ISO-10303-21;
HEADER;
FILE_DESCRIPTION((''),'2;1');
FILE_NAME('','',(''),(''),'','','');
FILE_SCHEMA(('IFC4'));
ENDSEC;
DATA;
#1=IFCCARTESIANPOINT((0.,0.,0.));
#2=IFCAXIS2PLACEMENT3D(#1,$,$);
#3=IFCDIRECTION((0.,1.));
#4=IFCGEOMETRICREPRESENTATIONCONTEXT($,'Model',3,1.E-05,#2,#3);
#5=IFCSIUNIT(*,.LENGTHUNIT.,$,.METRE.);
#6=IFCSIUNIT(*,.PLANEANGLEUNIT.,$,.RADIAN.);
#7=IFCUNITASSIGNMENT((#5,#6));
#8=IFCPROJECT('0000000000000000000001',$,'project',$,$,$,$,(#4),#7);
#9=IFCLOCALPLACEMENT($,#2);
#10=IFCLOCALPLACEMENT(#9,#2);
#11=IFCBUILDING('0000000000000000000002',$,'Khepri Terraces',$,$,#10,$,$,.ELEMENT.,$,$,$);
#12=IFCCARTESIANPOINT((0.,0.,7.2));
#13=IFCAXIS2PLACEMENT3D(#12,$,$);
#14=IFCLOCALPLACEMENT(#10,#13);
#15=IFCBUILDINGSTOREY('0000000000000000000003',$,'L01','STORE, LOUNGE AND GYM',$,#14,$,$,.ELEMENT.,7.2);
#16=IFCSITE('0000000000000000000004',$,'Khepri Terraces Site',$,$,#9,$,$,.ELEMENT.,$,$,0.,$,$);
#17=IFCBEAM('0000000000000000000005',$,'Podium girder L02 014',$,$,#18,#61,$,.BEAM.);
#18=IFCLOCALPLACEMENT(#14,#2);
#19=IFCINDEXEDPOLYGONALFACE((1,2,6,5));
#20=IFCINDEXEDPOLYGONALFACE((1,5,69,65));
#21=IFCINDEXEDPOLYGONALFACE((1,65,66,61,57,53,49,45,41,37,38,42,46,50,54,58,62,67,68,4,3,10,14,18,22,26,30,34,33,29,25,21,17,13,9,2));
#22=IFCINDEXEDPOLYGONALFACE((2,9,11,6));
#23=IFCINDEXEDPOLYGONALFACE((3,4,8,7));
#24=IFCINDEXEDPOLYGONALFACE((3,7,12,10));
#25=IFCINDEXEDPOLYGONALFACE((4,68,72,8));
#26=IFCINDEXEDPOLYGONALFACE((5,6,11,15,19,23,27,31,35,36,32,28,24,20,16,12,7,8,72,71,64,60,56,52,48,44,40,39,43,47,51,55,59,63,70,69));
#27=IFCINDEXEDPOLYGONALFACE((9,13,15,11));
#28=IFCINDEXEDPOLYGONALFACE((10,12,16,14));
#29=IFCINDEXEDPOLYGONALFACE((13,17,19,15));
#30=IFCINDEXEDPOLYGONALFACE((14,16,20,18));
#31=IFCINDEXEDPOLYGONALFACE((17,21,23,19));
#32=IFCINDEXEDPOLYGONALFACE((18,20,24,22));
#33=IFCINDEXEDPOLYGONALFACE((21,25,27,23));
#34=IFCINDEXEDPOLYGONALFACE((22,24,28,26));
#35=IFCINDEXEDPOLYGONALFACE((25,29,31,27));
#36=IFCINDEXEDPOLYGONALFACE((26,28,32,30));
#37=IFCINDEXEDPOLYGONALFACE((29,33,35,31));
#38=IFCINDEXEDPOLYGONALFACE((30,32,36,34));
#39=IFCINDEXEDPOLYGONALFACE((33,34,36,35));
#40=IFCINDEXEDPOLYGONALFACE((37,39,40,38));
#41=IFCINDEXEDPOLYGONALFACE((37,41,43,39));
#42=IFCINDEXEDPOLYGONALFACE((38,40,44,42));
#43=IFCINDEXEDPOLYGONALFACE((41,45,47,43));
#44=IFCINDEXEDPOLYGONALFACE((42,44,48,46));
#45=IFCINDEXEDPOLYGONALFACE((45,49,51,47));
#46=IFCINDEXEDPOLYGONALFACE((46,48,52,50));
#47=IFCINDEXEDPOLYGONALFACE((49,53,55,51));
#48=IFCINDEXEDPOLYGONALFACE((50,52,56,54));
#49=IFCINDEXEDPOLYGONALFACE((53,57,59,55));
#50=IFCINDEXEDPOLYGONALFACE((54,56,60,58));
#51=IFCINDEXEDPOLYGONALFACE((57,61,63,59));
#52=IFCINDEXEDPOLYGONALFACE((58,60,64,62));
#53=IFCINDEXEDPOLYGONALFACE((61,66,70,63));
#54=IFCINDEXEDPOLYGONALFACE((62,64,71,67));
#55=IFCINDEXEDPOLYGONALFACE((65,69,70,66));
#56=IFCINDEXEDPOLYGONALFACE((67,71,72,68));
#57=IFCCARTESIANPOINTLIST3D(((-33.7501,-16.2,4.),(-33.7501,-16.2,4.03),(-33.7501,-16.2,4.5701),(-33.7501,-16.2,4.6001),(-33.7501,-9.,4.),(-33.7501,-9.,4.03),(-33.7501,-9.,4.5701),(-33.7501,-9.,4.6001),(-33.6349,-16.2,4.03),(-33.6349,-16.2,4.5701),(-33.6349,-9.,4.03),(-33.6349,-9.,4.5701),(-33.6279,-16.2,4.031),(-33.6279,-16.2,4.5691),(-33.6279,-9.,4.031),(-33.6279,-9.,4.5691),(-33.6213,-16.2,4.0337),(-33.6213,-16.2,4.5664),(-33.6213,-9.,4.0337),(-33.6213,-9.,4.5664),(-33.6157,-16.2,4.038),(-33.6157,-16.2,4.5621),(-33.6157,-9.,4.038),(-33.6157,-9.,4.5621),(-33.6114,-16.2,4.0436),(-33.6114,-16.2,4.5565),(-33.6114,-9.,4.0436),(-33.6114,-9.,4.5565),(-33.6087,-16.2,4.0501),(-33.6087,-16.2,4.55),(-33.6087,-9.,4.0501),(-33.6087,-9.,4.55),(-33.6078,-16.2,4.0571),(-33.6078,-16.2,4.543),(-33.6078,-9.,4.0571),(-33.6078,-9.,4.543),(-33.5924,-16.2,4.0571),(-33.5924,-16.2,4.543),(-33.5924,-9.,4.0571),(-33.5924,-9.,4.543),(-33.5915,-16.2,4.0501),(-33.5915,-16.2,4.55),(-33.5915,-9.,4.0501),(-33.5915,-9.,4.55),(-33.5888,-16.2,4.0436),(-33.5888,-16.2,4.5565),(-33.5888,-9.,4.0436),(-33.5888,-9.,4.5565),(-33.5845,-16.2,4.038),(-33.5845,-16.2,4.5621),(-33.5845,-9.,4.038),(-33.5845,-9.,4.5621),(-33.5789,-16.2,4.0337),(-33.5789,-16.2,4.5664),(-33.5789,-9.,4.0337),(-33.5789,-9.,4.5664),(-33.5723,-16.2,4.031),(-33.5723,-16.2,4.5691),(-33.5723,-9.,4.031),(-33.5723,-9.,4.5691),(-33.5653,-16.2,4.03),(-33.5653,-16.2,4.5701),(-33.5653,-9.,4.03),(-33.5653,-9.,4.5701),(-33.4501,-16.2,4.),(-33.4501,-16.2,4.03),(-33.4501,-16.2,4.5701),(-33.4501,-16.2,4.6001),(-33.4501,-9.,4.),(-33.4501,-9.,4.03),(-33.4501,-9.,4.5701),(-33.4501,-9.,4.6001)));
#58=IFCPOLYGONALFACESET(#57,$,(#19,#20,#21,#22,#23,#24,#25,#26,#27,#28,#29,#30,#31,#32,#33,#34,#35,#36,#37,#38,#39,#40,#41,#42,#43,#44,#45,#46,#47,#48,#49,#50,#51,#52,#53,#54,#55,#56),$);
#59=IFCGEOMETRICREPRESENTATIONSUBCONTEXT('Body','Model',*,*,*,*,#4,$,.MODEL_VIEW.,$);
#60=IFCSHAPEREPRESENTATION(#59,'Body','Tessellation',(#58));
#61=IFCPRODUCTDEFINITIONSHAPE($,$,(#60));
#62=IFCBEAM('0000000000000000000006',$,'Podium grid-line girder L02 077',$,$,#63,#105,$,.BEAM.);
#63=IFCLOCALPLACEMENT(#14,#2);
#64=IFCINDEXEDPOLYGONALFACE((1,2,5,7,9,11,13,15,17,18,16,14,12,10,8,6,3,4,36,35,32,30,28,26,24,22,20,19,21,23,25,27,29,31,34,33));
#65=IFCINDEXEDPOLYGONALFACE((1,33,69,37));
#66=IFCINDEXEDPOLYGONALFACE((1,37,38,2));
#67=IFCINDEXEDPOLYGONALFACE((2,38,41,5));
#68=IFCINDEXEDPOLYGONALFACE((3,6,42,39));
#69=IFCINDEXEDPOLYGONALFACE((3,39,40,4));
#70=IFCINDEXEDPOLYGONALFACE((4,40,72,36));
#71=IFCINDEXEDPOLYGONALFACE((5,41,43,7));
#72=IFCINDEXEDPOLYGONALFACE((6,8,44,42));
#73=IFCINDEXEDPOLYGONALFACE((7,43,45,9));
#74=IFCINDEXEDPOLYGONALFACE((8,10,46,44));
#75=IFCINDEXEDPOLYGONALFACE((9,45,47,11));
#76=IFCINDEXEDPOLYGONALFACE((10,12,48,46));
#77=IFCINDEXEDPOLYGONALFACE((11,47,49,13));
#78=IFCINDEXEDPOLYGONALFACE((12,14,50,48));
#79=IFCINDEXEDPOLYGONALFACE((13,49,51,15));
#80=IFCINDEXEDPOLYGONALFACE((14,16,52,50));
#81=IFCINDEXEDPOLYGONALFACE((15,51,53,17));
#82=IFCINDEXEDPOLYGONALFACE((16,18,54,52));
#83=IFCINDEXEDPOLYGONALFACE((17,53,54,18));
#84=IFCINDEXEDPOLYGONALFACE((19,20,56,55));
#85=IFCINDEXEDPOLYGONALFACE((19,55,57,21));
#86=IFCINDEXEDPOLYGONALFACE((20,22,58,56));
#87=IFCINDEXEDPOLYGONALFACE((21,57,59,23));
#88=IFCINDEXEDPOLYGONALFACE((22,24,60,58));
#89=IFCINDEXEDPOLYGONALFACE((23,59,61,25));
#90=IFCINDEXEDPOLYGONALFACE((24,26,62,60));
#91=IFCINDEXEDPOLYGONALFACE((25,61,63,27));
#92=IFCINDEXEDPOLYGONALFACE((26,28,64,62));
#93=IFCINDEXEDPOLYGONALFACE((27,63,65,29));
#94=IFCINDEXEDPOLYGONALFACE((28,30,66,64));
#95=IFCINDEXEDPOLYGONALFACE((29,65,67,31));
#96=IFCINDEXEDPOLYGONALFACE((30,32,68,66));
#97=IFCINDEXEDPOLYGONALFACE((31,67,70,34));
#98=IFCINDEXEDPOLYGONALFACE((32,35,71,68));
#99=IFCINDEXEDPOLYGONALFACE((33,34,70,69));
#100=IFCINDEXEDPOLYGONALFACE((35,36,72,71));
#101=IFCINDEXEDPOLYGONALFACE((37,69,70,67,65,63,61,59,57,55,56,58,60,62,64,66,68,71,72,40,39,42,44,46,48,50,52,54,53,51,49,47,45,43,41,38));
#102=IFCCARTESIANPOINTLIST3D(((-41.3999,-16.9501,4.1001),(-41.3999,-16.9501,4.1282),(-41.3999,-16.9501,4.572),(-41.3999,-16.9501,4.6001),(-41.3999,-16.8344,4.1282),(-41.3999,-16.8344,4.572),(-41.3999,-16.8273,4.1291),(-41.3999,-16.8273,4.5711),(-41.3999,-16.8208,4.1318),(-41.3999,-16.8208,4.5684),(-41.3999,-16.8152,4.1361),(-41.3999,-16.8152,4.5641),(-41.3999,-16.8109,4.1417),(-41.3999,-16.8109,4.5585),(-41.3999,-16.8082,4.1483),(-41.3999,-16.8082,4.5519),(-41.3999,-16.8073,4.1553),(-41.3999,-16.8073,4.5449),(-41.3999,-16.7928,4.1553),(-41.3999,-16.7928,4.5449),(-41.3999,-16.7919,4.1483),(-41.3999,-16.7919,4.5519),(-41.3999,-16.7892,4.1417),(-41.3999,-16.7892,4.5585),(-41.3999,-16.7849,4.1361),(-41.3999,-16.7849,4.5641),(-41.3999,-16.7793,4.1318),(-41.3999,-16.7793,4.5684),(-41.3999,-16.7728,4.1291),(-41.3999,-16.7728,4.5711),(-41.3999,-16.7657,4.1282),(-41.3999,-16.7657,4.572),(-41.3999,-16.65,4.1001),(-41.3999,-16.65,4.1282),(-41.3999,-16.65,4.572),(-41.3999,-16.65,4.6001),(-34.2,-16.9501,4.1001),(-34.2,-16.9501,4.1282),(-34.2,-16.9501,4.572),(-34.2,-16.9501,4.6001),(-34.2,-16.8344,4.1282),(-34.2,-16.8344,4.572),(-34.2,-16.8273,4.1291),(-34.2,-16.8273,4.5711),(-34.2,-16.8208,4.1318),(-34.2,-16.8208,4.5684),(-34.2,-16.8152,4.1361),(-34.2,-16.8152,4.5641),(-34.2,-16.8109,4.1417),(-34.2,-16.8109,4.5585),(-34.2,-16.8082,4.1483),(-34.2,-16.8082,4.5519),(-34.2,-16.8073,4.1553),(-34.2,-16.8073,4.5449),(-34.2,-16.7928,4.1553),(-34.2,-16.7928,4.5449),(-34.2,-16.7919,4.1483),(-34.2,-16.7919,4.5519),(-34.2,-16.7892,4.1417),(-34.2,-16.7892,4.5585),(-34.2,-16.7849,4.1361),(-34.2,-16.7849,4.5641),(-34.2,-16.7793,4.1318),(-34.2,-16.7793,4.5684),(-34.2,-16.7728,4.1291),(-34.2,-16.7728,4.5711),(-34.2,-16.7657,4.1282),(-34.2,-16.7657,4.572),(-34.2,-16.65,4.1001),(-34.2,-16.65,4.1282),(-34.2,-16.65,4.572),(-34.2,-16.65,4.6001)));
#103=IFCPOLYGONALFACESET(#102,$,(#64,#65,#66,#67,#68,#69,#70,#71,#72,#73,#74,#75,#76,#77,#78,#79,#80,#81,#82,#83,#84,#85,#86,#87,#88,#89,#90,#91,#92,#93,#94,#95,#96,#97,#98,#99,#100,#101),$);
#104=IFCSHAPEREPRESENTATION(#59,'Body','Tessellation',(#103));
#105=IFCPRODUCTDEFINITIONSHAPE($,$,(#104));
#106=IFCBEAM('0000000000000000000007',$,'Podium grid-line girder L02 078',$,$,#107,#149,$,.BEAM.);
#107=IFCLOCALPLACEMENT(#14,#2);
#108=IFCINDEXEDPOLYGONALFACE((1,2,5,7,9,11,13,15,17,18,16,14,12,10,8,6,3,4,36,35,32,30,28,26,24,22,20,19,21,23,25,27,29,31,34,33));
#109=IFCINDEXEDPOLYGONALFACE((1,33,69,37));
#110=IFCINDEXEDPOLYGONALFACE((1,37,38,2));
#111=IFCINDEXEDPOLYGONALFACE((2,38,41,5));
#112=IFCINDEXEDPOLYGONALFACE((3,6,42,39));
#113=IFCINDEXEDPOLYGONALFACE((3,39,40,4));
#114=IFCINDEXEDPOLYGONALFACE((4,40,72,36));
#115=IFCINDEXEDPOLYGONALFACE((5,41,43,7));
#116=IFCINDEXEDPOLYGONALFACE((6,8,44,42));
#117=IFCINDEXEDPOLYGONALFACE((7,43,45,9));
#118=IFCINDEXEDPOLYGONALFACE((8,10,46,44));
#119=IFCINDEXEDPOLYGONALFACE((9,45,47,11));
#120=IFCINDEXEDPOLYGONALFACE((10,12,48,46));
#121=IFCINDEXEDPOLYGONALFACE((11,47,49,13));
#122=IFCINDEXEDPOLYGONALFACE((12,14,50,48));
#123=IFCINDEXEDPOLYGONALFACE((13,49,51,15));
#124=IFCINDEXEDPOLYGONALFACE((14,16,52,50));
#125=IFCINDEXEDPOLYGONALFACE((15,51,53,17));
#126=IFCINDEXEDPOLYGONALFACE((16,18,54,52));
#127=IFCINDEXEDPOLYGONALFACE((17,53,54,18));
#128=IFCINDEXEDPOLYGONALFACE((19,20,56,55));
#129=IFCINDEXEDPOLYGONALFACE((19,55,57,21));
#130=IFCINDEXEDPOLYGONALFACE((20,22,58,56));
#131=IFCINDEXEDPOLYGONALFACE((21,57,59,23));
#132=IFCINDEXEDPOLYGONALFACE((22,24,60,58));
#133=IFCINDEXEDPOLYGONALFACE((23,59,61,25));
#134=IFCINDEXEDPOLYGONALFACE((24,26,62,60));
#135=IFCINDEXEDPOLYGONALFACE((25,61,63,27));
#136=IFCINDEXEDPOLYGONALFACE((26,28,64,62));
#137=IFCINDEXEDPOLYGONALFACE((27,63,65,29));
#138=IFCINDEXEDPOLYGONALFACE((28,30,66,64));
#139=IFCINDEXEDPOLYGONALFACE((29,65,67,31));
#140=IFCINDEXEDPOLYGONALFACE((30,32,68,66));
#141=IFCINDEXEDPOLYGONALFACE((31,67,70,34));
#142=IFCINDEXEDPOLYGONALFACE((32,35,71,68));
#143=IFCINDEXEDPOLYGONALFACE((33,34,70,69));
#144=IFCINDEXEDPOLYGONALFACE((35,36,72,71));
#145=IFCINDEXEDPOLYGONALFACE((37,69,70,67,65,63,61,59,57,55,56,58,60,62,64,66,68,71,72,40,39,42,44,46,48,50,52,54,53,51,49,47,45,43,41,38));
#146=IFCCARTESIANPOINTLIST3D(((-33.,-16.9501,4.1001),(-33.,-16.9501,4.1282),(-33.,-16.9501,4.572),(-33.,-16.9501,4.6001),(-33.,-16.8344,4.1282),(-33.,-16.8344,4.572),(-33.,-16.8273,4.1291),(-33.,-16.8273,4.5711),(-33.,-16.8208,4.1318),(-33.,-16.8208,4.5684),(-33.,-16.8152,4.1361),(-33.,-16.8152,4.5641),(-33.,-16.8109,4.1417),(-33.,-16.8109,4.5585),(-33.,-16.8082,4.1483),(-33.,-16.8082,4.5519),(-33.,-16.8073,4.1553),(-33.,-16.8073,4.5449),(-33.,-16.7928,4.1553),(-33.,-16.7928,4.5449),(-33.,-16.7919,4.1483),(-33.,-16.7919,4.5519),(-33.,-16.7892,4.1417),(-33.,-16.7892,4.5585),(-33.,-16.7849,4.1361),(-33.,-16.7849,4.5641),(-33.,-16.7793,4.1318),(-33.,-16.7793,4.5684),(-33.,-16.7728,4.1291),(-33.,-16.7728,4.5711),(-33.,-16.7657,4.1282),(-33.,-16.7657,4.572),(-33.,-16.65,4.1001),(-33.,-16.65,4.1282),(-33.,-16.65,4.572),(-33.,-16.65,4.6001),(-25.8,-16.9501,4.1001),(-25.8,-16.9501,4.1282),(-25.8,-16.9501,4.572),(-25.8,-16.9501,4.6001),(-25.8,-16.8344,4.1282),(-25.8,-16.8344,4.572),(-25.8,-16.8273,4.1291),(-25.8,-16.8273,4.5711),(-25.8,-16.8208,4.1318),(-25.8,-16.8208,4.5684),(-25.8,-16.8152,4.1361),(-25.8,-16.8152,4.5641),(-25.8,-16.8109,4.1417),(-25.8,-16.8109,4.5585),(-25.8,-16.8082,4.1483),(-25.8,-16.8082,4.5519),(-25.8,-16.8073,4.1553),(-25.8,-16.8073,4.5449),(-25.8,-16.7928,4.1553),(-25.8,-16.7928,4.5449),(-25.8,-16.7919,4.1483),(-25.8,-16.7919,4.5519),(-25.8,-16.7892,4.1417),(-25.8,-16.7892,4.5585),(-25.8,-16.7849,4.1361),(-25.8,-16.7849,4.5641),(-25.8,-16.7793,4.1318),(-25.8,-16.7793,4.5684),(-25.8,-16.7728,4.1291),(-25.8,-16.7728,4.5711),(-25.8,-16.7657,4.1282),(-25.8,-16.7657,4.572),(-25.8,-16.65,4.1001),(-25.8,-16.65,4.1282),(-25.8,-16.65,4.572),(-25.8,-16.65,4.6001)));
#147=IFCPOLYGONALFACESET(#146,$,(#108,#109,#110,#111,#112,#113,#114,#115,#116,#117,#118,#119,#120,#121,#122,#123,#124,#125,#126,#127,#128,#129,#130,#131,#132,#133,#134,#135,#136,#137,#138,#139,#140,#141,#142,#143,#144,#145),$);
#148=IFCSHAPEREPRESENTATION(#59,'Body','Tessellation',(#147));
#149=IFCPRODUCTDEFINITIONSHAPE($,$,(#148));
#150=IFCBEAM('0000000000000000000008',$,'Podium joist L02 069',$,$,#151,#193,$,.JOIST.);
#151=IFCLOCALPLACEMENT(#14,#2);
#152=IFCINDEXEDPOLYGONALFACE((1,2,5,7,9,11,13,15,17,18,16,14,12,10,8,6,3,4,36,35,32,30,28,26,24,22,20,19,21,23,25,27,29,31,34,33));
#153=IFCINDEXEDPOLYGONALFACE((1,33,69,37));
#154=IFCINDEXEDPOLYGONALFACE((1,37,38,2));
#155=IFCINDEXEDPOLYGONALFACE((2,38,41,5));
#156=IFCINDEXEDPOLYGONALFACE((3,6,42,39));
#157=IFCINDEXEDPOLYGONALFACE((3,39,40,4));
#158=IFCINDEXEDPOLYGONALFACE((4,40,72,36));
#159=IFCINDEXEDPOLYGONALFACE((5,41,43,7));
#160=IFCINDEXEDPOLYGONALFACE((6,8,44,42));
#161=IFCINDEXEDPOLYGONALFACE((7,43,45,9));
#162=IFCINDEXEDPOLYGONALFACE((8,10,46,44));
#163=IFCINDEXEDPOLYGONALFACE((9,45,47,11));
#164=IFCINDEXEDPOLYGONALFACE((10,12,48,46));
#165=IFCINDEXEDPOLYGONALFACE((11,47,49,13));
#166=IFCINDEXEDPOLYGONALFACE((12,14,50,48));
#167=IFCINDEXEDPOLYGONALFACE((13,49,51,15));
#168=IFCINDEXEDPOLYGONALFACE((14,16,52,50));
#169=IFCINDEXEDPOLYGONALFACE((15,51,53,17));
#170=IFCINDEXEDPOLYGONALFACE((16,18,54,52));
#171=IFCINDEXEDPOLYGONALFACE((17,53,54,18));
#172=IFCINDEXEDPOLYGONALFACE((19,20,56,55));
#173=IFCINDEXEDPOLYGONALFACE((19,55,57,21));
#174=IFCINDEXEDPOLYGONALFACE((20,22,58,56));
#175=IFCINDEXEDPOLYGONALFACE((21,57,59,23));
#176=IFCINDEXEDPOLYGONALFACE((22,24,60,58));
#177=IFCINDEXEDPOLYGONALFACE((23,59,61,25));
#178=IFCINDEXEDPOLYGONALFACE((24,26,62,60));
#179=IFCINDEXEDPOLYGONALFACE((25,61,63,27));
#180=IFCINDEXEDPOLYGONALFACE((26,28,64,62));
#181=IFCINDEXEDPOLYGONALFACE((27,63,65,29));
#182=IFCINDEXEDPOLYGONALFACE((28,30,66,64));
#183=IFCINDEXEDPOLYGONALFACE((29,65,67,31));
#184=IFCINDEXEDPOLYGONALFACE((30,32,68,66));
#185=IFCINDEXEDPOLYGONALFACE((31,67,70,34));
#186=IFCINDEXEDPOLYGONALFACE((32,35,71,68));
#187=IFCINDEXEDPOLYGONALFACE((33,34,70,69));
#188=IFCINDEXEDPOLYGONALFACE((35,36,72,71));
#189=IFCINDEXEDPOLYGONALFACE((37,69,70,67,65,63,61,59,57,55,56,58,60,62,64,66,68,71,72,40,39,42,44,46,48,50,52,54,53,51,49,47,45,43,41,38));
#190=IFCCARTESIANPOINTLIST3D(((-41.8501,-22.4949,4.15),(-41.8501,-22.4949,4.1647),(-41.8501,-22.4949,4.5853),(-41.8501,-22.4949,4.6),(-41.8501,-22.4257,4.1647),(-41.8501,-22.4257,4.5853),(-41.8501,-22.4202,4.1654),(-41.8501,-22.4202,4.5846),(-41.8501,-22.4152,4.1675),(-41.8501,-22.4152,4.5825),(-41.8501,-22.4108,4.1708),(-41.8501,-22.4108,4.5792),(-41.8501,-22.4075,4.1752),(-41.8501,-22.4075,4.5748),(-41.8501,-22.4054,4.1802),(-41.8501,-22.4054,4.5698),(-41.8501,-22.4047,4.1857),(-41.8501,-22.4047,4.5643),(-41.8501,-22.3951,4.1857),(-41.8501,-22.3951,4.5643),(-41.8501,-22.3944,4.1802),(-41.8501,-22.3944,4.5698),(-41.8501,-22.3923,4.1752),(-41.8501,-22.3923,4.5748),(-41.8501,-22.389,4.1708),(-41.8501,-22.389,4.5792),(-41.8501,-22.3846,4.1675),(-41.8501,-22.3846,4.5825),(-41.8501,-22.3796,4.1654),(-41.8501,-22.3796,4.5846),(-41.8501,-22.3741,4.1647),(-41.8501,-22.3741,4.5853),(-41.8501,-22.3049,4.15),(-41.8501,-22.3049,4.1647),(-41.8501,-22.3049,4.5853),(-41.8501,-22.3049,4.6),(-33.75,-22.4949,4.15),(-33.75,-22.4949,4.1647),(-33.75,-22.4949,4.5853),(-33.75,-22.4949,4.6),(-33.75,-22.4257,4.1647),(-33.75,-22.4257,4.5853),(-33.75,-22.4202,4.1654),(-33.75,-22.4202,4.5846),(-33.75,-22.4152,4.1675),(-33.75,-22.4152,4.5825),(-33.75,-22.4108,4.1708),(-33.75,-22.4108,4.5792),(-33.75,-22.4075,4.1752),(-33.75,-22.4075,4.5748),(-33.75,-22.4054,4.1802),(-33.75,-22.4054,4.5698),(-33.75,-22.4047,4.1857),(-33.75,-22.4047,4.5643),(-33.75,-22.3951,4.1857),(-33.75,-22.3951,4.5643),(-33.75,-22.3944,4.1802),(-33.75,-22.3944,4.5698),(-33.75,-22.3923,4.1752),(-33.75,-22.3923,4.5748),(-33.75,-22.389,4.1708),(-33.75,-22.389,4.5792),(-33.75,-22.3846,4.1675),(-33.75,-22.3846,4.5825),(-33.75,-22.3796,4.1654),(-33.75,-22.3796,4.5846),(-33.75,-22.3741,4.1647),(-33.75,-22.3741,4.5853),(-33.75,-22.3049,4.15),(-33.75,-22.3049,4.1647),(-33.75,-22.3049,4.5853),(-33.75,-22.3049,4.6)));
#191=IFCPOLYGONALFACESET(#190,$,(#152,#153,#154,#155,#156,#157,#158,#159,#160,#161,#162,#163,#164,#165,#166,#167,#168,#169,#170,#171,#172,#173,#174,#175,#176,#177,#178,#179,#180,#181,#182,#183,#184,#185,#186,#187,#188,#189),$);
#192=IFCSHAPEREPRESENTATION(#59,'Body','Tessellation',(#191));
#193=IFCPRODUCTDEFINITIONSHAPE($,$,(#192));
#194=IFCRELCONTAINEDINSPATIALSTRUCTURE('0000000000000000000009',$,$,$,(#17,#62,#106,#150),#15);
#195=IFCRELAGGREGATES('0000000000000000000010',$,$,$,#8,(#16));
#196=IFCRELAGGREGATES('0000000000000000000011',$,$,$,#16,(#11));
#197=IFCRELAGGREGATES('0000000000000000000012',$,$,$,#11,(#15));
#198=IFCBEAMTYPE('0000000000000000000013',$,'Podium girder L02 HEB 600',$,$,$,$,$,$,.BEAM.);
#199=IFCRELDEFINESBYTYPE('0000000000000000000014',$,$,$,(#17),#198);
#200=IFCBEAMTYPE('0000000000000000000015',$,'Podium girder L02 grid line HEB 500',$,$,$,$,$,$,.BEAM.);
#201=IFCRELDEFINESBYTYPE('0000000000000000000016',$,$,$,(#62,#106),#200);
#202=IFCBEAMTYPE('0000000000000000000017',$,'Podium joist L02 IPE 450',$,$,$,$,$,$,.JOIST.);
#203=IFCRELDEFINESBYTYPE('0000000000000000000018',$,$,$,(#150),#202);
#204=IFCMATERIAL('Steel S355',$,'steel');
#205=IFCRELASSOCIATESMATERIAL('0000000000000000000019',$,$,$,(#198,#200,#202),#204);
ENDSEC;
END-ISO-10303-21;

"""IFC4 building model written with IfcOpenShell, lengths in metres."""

from ifc_helpers import new_model, si_unit, direction, frame, origin, origin_2d, place, context, subcontext, project, spatial, i_section, extrude, material, material_profile, profile_set, type_object, element, save


model = new_model("IFC4")

# Units and contexts
model_context = context("Model", 3, precision=1e-05, world=origin(), true_north=direction((0.0, 1.0)))
body_context = subcontext(model_context, "Body", "Model", "MODEL_VIEW")
ifc_project = project(units=[si_unit("LENGTHUNIT", "METRE"), si_unit("PLANEANGLEUNIT", "RADIAN")], contexts=[model_context])

# Site, building, storey
site_placement = place(None, origin())
site = spatial("IfcSite", under=ifc_project, at=site_placement, Name="Khepri Terraces Site", CompositionType="ELEMENT", RefElevation=0.0)
building_placement = place(site_placement, origin())
building = spatial("IfcBuilding", under=site, at=building_placement, Name="Khepri Terraces", CompositionType="ELEMENT")
storey_placement = place(building_placement, frame((0.0, 0.0, 7.2)))
storey = spatial("IfcBuildingStorey", under=building, at=storey_placement, Name="L01", Description="STORE, LOUNGE AND GYM", CompositionType="ELEMENT", Elevation=7.2)

# Beams
ifc_material_1 = material(Name="Steel S355", Category="steel")
ifc_material_profile_1 = material_profile(ifc_material_1, i_section(OverallWidth=0.3, OverallDepth=0.6001, WebThickness=0.0154, FlangeThickness=0.03, FilletRadius=0.0271, at=origin_2d()), Name="Steel S355", Category="steel")
ifc_profile_set_1 = profile_set([ifc_material_profile_1], Name="Steel S355")
beam_type_1 = type_object("IfcBeamType", Name="Podium girder L02 HEB 600", PredefinedType="BEAM", material=ifc_profile_set_1)
for number, where, z_axis, x_axis, name in (
    (1, (-33.6001, -16.2, 4.3), (0.0, 1.0, 0.0), (-1.0, 0.0, 0.0), "Podium girder L02 014"),
):
    element("IfcBeam", number, at=place(storey_placement, frame(where, z_axis=z_axis, x_axis=x_axis)), inside=storey, type_object=beam_type_1, Name=name, PredefinedType="BEAM", context=body_context, shape_type="SweptSolid", body=[
        extrude(i_section(OverallWidth=0.3, OverallDepth=0.6001, WebThickness=0.0154, FlangeThickness=0.03, FilletRadius=0.0271, at=origin_2d()), origin(), (0.0, 0.0, 1.0), 7.2),
    ])
ifc_material_profile_2 = material_profile(ifc_material_1, i_section(OverallWidth=0.3, OverallDepth=0.5, WebThickness=0.0144, FlangeThickness=0.0281, FilletRadius=0.0271, at=origin_2d()), Name="Steel S355", Category="steel")
ifc_profile_set_2 = profile_set([ifc_material_profile_2], Name="Steel S355")
beam_type_2 = type_object("IfcBeamType", Name="Podium girder L02 grid line HEB 500", PredefinedType="BEAM", material=ifc_profile_set_2)
for number, where, z_axis, x_axis, name in (
    (2, (-41.3999, -16.8, 4.3501), (1.0, 0.0, 0.0), (0.0, 1.0, 0.0), "Podium grid-line girder L02 077"),
    (3, (-33.0, -16.8, 4.3501), (1.0, 0.0, 0.0), (0.0, 1.0, 0.0), "Podium grid-line girder L02 078"),
):
    element("IfcBeam", number, at=place(storey_placement, frame(where, z_axis=z_axis, x_axis=x_axis)), inside=storey, type_object=beam_type_2, Name=name, PredefinedType="BEAM", context=body_context, shape_type="SweptSolid", body=[
        extrude(i_section(OverallWidth=0.3, OverallDepth=0.5, WebThickness=0.0144, FlangeThickness=0.0281, FilletRadius=0.0271, at=origin_2d()), origin(), (0.0, 0.0, 1.0), 7.2),
    ])
ifc_material_profile_3 = material_profile(ifc_material_1, i_section(OverallWidth=0.1899, OverallDepth=0.45, WebThickness=0.0095, FlangeThickness=0.0146, FilletRadius=0.021, at=origin_2d()), Name="Steel S355", Category="steel")
ifc_profile_set_3 = profile_set([ifc_material_profile_3], Name="Steel S355")
beam_type_3 = type_object("IfcBeamType", Name="Podium joist L02 IPE 450", PredefinedType="JOIST", material=ifc_profile_set_3)
beam_1_placement = place(storey_placement, frame((-41.8501, -22.3999, 4.375), z_axis=(1.0, 0.0, 0.0), x_axis=(0.0, 1.0, 0.0)))
element("IfcBeam", 4, at=beam_1_placement, inside=storey, type_object=beam_type_3, Name="Podium joist L02 069", PredefinedType="JOIST", context=body_context, shape_type="SweptSolid", body=[
    extrude(i_section(OverallWidth=0.1899, OverallDepth=0.45, WebThickness=0.0095, FlangeThickness=0.0146, FilletRadius=0.021, at=origin_2d()), origin(), (0.0, 0.0, 1.0), 8.1001),
])

save(model, "model.ifc")
